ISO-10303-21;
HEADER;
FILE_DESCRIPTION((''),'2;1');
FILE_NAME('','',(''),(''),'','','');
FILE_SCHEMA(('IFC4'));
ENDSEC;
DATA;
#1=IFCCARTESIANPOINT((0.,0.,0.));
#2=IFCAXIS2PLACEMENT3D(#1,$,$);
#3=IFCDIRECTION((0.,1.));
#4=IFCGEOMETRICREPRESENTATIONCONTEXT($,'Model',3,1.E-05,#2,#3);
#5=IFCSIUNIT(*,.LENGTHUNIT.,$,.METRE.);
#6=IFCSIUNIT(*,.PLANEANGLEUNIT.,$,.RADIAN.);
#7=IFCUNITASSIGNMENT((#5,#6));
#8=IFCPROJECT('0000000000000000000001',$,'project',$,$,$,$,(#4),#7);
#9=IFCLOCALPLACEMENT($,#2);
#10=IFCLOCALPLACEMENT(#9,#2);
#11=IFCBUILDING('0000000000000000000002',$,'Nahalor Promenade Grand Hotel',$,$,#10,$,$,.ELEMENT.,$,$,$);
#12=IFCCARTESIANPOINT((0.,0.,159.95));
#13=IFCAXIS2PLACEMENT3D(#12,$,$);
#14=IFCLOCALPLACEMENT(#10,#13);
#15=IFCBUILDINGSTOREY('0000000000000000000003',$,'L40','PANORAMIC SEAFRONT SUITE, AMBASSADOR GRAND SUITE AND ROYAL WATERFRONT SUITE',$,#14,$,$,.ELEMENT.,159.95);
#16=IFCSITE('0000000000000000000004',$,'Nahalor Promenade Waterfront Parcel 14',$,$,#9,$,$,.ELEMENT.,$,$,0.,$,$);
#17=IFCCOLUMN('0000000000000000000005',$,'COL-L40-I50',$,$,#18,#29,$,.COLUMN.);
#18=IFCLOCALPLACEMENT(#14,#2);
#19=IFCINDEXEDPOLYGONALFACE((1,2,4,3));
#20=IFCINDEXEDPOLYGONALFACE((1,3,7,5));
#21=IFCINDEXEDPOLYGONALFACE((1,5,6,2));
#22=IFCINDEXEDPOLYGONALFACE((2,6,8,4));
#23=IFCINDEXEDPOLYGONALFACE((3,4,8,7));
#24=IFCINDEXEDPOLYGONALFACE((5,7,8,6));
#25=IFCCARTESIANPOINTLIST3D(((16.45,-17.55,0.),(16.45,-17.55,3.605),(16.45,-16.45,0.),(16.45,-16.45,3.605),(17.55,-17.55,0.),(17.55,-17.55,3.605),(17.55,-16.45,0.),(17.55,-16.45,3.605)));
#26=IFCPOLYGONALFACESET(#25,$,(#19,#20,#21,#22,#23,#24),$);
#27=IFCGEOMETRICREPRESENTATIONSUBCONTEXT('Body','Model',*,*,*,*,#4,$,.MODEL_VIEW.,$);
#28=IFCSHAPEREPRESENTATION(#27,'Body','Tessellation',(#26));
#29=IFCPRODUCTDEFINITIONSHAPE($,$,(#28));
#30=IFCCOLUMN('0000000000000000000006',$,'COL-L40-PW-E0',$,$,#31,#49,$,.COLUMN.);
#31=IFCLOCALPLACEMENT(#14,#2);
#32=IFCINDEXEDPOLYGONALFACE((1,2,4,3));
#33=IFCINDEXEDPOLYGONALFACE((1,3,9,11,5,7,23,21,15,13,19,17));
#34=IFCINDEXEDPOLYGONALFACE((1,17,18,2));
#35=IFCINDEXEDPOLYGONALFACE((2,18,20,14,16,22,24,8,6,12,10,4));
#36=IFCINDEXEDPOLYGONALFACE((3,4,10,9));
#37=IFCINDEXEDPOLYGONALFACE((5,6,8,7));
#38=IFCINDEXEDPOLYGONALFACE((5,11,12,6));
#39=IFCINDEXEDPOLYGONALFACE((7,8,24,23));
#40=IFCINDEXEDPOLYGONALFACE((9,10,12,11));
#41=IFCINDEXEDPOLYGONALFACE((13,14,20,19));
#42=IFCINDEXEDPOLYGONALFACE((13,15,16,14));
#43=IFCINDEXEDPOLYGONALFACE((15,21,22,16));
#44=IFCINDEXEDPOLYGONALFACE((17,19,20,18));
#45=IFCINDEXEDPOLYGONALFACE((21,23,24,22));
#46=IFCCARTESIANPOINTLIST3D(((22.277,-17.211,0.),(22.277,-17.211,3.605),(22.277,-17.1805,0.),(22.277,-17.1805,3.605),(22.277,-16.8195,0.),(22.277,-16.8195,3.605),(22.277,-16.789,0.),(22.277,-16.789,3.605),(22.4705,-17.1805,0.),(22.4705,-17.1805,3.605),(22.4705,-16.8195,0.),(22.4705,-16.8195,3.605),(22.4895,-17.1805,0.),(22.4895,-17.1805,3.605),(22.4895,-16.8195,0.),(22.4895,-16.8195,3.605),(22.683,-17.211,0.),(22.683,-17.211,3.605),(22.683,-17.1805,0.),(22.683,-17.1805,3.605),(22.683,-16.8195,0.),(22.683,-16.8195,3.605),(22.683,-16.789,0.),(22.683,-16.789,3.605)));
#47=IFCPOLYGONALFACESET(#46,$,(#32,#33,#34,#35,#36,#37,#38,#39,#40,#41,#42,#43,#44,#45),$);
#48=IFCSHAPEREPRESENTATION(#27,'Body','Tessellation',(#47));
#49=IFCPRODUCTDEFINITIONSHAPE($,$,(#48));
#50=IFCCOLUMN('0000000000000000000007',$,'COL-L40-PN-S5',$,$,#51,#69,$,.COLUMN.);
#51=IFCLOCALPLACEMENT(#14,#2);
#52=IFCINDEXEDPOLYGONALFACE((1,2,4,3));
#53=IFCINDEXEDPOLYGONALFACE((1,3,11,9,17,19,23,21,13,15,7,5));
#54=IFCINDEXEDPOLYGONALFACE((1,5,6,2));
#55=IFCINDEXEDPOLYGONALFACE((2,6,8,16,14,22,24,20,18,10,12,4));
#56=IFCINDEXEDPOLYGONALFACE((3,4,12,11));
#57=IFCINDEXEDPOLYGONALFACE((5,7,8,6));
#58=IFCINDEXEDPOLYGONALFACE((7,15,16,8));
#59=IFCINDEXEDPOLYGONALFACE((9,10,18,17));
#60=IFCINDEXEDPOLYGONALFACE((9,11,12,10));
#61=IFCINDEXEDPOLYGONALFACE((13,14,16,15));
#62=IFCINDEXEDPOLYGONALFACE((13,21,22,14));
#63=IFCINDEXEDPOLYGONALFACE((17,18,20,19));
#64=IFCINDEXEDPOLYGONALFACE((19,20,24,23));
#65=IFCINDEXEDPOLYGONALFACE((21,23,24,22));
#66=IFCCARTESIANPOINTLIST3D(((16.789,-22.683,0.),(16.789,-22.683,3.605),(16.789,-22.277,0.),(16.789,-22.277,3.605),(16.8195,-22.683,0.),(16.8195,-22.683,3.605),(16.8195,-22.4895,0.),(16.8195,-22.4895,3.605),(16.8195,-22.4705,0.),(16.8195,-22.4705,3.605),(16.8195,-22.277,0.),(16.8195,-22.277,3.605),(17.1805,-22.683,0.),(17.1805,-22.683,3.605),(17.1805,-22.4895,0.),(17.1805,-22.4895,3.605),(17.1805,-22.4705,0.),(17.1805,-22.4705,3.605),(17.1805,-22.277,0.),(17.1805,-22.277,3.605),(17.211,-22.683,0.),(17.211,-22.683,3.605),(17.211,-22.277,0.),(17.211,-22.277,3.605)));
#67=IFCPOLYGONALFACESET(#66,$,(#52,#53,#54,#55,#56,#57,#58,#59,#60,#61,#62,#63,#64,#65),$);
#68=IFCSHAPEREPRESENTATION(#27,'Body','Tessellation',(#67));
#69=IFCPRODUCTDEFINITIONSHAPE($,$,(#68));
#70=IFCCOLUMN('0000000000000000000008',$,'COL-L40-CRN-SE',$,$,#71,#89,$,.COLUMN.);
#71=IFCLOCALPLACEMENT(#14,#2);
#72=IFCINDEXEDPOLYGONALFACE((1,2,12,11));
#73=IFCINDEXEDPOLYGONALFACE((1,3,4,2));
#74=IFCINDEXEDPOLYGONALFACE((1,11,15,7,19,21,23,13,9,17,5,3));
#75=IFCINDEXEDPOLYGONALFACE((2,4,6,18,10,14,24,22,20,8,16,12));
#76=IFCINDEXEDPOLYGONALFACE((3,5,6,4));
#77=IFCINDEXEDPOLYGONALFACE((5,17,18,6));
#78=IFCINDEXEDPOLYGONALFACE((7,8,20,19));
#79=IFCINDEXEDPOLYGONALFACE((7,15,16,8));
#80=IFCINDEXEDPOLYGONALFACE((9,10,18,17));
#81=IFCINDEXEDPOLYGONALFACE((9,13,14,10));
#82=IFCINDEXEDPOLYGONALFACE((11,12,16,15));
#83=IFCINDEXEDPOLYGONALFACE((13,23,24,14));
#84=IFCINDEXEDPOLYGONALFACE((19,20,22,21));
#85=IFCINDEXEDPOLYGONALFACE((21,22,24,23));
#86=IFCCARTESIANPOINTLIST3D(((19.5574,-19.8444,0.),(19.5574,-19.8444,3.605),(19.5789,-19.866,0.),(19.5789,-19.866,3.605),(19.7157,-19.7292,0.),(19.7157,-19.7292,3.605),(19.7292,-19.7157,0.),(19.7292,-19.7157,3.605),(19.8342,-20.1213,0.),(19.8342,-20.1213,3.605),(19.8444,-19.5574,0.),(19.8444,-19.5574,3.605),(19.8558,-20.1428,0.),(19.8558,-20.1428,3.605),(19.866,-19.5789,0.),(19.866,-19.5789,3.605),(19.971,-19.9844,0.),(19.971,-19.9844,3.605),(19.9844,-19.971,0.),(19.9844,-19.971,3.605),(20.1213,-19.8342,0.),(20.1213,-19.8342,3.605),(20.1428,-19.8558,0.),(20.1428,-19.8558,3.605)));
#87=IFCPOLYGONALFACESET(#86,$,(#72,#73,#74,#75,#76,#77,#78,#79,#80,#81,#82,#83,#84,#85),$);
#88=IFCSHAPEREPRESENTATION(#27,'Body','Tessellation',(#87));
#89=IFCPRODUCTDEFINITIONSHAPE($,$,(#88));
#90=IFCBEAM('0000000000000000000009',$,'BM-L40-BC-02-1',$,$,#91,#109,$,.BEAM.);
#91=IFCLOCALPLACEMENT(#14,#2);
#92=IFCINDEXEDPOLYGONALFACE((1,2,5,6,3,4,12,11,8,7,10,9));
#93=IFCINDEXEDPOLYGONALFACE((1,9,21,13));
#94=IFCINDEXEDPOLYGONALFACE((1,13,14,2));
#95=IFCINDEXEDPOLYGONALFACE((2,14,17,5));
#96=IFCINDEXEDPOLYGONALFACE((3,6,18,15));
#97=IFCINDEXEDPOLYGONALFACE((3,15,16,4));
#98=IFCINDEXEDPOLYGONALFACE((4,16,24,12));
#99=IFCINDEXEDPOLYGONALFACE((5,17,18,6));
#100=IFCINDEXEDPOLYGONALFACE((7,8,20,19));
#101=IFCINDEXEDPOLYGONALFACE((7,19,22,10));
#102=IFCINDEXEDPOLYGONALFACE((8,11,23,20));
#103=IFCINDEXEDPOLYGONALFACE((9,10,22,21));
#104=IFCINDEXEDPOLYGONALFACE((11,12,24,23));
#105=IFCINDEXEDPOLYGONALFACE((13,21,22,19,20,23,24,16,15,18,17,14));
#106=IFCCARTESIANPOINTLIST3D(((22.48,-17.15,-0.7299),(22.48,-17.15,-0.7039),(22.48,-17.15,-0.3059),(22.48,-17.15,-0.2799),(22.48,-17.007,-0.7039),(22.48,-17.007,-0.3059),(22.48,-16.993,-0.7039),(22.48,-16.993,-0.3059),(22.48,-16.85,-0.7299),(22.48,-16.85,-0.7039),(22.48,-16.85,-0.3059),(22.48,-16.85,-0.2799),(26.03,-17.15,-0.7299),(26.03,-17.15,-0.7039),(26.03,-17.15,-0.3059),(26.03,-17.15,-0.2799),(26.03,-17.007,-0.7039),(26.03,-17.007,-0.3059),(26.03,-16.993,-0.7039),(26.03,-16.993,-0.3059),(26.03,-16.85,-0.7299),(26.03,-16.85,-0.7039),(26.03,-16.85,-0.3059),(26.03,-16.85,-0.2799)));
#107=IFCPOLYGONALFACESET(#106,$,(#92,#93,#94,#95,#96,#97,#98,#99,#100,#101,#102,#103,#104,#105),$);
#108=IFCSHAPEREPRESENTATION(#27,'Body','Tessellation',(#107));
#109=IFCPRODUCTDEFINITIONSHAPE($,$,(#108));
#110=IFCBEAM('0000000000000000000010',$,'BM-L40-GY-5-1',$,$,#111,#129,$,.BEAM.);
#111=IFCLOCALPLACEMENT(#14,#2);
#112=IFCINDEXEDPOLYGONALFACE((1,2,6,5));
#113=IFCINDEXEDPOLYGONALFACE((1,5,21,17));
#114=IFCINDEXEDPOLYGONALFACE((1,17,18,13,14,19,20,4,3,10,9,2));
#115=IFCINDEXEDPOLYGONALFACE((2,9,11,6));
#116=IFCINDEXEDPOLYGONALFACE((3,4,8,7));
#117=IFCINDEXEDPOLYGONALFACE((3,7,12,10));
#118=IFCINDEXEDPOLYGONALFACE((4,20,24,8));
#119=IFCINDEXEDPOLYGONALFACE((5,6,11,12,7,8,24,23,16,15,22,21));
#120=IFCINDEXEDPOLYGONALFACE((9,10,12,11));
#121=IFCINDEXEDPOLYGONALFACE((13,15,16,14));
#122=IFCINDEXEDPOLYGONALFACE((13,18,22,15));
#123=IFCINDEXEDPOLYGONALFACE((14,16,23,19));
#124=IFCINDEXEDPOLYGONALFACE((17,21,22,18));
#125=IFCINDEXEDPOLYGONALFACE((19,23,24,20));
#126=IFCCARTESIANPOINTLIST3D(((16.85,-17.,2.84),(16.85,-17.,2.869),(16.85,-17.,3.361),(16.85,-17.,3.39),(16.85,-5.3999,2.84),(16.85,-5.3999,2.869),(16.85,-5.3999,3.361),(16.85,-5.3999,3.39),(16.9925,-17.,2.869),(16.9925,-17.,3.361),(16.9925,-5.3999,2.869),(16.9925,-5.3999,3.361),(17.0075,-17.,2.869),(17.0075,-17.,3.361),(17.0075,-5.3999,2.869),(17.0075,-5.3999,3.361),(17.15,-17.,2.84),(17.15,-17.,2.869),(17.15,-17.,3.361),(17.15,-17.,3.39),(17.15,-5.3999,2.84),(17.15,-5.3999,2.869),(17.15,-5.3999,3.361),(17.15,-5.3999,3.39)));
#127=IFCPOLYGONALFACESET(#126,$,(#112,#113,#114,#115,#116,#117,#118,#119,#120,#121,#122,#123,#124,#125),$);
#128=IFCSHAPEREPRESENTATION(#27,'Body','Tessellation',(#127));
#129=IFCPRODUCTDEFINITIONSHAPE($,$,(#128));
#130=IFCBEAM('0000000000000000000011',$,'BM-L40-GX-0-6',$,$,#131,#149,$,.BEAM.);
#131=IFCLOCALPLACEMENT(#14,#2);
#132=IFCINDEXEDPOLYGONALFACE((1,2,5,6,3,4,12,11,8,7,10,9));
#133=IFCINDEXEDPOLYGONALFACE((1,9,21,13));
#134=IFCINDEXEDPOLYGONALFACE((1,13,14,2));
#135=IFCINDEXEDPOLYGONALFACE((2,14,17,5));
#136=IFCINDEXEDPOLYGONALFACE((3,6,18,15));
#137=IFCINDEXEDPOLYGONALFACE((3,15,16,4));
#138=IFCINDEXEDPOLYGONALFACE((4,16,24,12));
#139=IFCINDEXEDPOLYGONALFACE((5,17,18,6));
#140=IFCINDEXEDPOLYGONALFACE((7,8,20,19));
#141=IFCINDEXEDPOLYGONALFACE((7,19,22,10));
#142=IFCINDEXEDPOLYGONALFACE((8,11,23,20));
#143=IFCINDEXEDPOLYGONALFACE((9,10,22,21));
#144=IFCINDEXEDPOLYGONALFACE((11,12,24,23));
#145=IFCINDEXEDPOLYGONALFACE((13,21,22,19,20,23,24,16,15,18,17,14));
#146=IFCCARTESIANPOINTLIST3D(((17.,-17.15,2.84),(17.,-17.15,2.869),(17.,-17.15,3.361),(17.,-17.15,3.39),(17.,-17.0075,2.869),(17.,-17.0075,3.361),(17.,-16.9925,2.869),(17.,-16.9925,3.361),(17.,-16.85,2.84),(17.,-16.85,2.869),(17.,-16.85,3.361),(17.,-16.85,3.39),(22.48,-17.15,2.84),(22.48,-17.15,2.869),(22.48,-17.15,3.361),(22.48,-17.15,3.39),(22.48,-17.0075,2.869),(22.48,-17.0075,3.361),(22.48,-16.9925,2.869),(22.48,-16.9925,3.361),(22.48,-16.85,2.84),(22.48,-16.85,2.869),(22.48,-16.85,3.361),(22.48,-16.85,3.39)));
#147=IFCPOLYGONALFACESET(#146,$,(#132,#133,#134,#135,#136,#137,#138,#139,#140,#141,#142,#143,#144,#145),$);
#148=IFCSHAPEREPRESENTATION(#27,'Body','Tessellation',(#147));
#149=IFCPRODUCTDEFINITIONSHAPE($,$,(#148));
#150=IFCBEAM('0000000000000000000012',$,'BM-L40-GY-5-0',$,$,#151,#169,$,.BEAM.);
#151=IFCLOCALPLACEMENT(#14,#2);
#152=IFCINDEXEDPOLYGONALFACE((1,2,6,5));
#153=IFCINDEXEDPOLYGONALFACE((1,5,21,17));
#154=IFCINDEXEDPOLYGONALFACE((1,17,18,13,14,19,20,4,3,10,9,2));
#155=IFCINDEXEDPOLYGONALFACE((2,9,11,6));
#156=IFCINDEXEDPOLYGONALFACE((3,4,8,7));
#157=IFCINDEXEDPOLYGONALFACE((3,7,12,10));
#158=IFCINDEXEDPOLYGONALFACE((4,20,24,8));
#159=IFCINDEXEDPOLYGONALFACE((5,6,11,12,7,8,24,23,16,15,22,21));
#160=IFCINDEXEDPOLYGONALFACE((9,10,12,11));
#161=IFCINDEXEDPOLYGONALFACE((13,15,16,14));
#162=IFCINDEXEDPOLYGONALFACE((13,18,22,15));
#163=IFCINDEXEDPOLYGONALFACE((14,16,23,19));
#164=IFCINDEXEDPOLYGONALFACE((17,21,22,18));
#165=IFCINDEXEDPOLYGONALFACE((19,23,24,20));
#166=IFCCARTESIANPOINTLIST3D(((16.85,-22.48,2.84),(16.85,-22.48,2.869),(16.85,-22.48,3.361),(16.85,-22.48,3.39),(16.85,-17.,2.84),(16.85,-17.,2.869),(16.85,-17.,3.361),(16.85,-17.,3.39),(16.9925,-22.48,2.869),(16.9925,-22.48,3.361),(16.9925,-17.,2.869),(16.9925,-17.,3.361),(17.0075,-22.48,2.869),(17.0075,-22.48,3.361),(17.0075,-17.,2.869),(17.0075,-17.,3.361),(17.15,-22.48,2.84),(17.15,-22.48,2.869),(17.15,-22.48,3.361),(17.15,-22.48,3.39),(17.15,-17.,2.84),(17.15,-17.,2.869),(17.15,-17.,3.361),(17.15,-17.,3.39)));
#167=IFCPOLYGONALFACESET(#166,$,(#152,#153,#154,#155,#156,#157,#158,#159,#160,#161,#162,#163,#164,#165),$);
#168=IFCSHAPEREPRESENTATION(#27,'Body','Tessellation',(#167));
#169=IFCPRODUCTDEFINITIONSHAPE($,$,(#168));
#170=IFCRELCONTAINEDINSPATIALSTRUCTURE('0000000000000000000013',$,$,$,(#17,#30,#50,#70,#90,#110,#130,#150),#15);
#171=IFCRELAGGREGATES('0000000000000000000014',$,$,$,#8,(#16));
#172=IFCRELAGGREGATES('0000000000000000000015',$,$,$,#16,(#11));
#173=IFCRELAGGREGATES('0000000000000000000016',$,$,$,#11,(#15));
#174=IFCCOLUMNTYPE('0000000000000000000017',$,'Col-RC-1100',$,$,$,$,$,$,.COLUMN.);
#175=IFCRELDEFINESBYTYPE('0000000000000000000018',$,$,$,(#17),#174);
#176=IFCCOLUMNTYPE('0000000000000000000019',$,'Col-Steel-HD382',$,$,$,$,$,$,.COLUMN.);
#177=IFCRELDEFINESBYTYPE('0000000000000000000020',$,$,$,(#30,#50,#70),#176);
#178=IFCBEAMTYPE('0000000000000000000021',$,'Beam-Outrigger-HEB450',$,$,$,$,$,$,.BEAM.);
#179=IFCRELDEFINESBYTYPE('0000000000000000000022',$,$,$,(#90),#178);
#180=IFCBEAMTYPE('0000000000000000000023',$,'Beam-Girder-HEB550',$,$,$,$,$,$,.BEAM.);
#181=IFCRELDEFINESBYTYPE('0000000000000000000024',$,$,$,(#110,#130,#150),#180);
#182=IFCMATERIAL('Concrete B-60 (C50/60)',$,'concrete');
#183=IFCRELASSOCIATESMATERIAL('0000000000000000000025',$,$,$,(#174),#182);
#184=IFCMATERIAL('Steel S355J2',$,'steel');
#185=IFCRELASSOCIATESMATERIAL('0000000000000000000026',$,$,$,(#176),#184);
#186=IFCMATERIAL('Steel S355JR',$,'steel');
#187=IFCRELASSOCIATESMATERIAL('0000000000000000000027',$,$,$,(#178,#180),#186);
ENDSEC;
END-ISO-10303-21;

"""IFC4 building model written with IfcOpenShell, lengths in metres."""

from ifc_helpers import new_model, si_unit, direction, frame, origin, origin_2d, place, context, subcontext, project, spatial, rectangle, i_section, extrude, source, transform, mapped, material, material_profile, profile_set, type_object, element, save


model = new_model("IFC4")

# Units and contexts
model_context = context("Model", 3, precision=1e-05, world=origin(), true_north=direction((0.0, 1.0)))
body_context = subcontext(model_context, "Body", "Model", "MODEL_VIEW")
ifc_project = project(units=[si_unit("LENGTHUNIT", "METRE"), si_unit("PLANEANGLEUNIT", "RADIAN")], contexts=[model_context])

# Site, building, storey
site_placement = place(None, origin())
site = spatial("IfcSite", under=ifc_project, at=site_placement, Name="Nahalor Promenade Waterfront Parcel 14", CompositionType="ELEMENT", RefElevation=0.0)
building_placement = place(site_placement, origin())
building = spatial("IfcBuilding", under=site, at=building_placement, Name="Nahalor Promenade Grand Hotel", CompositionType="ELEMENT")
storey_placement = place(building_placement, frame((0.0, 0.0, 159.95)))
storey = spatial("IfcBuildingStorey", under=building, at=storey_placement, Name="L40", Description="PANORAMIC SEAFRONT SUITE, AMBASSADOR GRAND SUITE AND ROYAL WATERFRONT SUITE", CompositionType="ELEMENT", Elevation=159.95)

# Columns
ifc_material_1 = material(Name="Concrete B-60 (C50/60)", Category="concrete")
ifc_material_profile_1 = material_profile(ifc_material_1, rectangle(XDim=1.1, YDim=1.1, at=origin_2d()), Name="RC 1100x1100")
ifc_profile_set_1 = profile_set([ifc_material_profile_1], Name="Concrete B-60 (C50/60)")
column_type_1 = type_object("IfcColumnType", Name="Col-RC-1100", PredefinedType="COLUMN", material=ifc_profile_set_1)
shared_shape_1 = source(origin(), body_context, "Body", "SweptSolid", [
    extrude(rectangle(XDim=1.1, YDim=1.1, at=origin_2d()), origin(), (0.0, 0.0, 1.0), 3.605),
])
column_placement = place(storey_placement, frame((17.0, -17.0, 0.0), z_axis=(0.0, 0.0, 1.0), x_axis=(1.0, 0.0, 0.0)))
element("IfcColumn", 1, at=column_placement, inside=storey, type_object=column_type_1, Name="COL-L40-I50", PredefinedType="COLUMN", context=body_context, shape_type="MappedRepresentation", body=[
    mapped(shared_shape_1, transform((0.0, 0.0, 0.0), scale=1.0)),
])
ifc_material_2 = material(Name="Steel S355J2", Category="steel")
ifc_material_profile_2 = material_profile(ifc_material_2, i_section(OverallWidth=0.406, OverallDepth=0.422, WebThickness=0.019, FlangeThickness=0.0305, at=origin_2d()), Name="HD 400x382")
ifc_profile_set_2 = profile_set([ifc_material_profile_2], Name="Steel S355J2")
column_type_2 = type_object("IfcColumnType", Name="Col-Steel-HD382", PredefinedType="COLUMN", material=ifc_profile_set_2)
shared_shape_2 = source(origin(), body_context, "Body", "SweptSolid", [
    extrude(i_section(OverallWidth=0.406, OverallDepth=0.422, WebThickness=0.019, FlangeThickness=0.0305, at=origin_2d()), origin(), (0.0, 0.0, 1.0), 3.605),
])
for number, where, z_axis, x_axis, name in (
    (2, (22.48, -17.0, 0.0), (0.0, 0.0, 1.0), (1.0, 0.0, 0.0), "COL-L40-PW-E0"),
    (3, (17.0, -22.48, 0.0), (0.0, 0.0, 1.0), (0.0, 1.0, 0.0), "COL-L40-PN-S5"),
    (4, (19.8501, -19.8501, 0.0), (0.0, 0.0, 1.0), (0.707107, 0.707107, 0.0), "COL-L40-CRN-SE"),
):
    element("IfcColumn", number, at=place(storey_placement, frame(where, z_axis=z_axis, x_axis=x_axis)), inside=storey, type_object=column_type_2, Name=name, PredefinedType="COLUMN", context=body_context, shape_type="MappedRepresentation", body=[
        mapped(shared_shape_2, transform((0.0, 0.0, 0.0), scale=1.0)),
    ])

# Beams
ifc_material_3 = material(Name="Steel S355JR", Category="steel")
ifc_material_profile_3 = material_profile(ifc_material_3, i_section(OverallWidth=0.3, OverallDepth=0.45, WebThickness=0.014, FlangeThickness=0.026, at=origin_2d()), Name="HEB 450")
ifc_profile_set_3 = profile_set([ifc_material_profile_3], Name="Steel S355JR")
beam_type_1 = type_object("IfcBeamType", Name="Beam-Outrigger-HEB450", PredefinedType="BEAM", material=ifc_profile_set_3)
shared_shape_3 = source(origin(), body_context, "Body", "SweptSolid", [
    extrude(i_section(OverallWidth=0.3, OverallDepth=0.45, WebThickness=0.014, FlangeThickness=0.026, at=origin_2d()), origin(), (0.0, 0.0, 1.0), 3.55),
])
beam_1_placement = place(storey_placement, frame((22.48, -17.0, -0.5049), z_axis=(1.0, 0.0, 0.0), x_axis=(0.0, 1.0, 0.0)))
element("IfcBeam", 5, at=beam_1_placement, inside=storey, type_object=beam_type_1, Name="BM-L40-BC-02-1", PredefinedType="BEAM", context=body_context, shape_type="MappedRepresentation", body=[
    mapped(shared_shape_3, transform((0.0, 0.0, 0.0), scale=1.0)),
])
ifc_material_profile_4 = material_profile(ifc_material_3, i_section(OverallWidth=0.3, OverallDepth=0.55, WebThickness=0.015, FlangeThickness=0.029, at=origin_2d()), Name="HEB 550")
ifc_profile_set_4 = profile_set([ifc_material_profile_4], Name="Steel S355JR")
beam_type_2 = type_object("IfcBeamType", Name="Beam-Girder-HEB550", PredefinedType="BEAM", material=ifc_profile_set_4)
shared_shape_4 = source(origin(), body_context, "Body", "SweptSolid", [
    extrude(i_section(OverallWidth=0.3, OverallDepth=0.55, WebThickness=0.015, FlangeThickness=0.029, at=origin_2d()), origin(), (0.0, 0.0, 1.0), 11.6001),
])
beam_2_placement = place(storey_placement, frame((17.0, -17.0, 3.115), z_axis=(0.0, 1.0, 0.0), x_axis=(-1.0, 0.0, 0.0)))
element("IfcBeam", 6, at=beam_2_placement, inside=storey, type_object=beam_type_2, Name="BM-L40-GY-5-1", PredefinedType="BEAM", context=body_context, shape_type="MappedRepresentation", body=[
    mapped(shared_shape_4, transform((0.0, 0.0, 0.0), scale=1.0)),
])
shared_shape_5 = source(origin(), body_context, "Body", "SweptSolid", [
    extrude(i_section(OverallWidth=0.3, OverallDepth=0.55, WebThickness=0.015, FlangeThickness=0.029, at=origin_2d()), origin(), (0.0, 0.0, 1.0), 5.48),
])
for number, where, z_axis, x_axis, name in (
    (7, (17.0, -17.0, 3.115), (1.0, 0.0, 0.0), (0.0, 1.0, 0.0), "BM-L40-GX-0-6"),
    (8, (17.0, -22.48, 3.115), (0.0, 1.0, 0.0), (-1.0, 0.0, 0.0), "BM-L40-GY-5-0"),
):
    element("IfcBeam", number, at=place(storey_placement, frame(where, z_axis=z_axis, x_axis=x_axis)), inside=storey, type_object=beam_type_2, Name=name, PredefinedType="BEAM", context=body_context, shape_type="MappedRepresentation", body=[
        mapped(shared_shape_5, transform((0.0, 0.0, 0.0), scale=1.0)),
    ])

save(model, "model.ifc")
